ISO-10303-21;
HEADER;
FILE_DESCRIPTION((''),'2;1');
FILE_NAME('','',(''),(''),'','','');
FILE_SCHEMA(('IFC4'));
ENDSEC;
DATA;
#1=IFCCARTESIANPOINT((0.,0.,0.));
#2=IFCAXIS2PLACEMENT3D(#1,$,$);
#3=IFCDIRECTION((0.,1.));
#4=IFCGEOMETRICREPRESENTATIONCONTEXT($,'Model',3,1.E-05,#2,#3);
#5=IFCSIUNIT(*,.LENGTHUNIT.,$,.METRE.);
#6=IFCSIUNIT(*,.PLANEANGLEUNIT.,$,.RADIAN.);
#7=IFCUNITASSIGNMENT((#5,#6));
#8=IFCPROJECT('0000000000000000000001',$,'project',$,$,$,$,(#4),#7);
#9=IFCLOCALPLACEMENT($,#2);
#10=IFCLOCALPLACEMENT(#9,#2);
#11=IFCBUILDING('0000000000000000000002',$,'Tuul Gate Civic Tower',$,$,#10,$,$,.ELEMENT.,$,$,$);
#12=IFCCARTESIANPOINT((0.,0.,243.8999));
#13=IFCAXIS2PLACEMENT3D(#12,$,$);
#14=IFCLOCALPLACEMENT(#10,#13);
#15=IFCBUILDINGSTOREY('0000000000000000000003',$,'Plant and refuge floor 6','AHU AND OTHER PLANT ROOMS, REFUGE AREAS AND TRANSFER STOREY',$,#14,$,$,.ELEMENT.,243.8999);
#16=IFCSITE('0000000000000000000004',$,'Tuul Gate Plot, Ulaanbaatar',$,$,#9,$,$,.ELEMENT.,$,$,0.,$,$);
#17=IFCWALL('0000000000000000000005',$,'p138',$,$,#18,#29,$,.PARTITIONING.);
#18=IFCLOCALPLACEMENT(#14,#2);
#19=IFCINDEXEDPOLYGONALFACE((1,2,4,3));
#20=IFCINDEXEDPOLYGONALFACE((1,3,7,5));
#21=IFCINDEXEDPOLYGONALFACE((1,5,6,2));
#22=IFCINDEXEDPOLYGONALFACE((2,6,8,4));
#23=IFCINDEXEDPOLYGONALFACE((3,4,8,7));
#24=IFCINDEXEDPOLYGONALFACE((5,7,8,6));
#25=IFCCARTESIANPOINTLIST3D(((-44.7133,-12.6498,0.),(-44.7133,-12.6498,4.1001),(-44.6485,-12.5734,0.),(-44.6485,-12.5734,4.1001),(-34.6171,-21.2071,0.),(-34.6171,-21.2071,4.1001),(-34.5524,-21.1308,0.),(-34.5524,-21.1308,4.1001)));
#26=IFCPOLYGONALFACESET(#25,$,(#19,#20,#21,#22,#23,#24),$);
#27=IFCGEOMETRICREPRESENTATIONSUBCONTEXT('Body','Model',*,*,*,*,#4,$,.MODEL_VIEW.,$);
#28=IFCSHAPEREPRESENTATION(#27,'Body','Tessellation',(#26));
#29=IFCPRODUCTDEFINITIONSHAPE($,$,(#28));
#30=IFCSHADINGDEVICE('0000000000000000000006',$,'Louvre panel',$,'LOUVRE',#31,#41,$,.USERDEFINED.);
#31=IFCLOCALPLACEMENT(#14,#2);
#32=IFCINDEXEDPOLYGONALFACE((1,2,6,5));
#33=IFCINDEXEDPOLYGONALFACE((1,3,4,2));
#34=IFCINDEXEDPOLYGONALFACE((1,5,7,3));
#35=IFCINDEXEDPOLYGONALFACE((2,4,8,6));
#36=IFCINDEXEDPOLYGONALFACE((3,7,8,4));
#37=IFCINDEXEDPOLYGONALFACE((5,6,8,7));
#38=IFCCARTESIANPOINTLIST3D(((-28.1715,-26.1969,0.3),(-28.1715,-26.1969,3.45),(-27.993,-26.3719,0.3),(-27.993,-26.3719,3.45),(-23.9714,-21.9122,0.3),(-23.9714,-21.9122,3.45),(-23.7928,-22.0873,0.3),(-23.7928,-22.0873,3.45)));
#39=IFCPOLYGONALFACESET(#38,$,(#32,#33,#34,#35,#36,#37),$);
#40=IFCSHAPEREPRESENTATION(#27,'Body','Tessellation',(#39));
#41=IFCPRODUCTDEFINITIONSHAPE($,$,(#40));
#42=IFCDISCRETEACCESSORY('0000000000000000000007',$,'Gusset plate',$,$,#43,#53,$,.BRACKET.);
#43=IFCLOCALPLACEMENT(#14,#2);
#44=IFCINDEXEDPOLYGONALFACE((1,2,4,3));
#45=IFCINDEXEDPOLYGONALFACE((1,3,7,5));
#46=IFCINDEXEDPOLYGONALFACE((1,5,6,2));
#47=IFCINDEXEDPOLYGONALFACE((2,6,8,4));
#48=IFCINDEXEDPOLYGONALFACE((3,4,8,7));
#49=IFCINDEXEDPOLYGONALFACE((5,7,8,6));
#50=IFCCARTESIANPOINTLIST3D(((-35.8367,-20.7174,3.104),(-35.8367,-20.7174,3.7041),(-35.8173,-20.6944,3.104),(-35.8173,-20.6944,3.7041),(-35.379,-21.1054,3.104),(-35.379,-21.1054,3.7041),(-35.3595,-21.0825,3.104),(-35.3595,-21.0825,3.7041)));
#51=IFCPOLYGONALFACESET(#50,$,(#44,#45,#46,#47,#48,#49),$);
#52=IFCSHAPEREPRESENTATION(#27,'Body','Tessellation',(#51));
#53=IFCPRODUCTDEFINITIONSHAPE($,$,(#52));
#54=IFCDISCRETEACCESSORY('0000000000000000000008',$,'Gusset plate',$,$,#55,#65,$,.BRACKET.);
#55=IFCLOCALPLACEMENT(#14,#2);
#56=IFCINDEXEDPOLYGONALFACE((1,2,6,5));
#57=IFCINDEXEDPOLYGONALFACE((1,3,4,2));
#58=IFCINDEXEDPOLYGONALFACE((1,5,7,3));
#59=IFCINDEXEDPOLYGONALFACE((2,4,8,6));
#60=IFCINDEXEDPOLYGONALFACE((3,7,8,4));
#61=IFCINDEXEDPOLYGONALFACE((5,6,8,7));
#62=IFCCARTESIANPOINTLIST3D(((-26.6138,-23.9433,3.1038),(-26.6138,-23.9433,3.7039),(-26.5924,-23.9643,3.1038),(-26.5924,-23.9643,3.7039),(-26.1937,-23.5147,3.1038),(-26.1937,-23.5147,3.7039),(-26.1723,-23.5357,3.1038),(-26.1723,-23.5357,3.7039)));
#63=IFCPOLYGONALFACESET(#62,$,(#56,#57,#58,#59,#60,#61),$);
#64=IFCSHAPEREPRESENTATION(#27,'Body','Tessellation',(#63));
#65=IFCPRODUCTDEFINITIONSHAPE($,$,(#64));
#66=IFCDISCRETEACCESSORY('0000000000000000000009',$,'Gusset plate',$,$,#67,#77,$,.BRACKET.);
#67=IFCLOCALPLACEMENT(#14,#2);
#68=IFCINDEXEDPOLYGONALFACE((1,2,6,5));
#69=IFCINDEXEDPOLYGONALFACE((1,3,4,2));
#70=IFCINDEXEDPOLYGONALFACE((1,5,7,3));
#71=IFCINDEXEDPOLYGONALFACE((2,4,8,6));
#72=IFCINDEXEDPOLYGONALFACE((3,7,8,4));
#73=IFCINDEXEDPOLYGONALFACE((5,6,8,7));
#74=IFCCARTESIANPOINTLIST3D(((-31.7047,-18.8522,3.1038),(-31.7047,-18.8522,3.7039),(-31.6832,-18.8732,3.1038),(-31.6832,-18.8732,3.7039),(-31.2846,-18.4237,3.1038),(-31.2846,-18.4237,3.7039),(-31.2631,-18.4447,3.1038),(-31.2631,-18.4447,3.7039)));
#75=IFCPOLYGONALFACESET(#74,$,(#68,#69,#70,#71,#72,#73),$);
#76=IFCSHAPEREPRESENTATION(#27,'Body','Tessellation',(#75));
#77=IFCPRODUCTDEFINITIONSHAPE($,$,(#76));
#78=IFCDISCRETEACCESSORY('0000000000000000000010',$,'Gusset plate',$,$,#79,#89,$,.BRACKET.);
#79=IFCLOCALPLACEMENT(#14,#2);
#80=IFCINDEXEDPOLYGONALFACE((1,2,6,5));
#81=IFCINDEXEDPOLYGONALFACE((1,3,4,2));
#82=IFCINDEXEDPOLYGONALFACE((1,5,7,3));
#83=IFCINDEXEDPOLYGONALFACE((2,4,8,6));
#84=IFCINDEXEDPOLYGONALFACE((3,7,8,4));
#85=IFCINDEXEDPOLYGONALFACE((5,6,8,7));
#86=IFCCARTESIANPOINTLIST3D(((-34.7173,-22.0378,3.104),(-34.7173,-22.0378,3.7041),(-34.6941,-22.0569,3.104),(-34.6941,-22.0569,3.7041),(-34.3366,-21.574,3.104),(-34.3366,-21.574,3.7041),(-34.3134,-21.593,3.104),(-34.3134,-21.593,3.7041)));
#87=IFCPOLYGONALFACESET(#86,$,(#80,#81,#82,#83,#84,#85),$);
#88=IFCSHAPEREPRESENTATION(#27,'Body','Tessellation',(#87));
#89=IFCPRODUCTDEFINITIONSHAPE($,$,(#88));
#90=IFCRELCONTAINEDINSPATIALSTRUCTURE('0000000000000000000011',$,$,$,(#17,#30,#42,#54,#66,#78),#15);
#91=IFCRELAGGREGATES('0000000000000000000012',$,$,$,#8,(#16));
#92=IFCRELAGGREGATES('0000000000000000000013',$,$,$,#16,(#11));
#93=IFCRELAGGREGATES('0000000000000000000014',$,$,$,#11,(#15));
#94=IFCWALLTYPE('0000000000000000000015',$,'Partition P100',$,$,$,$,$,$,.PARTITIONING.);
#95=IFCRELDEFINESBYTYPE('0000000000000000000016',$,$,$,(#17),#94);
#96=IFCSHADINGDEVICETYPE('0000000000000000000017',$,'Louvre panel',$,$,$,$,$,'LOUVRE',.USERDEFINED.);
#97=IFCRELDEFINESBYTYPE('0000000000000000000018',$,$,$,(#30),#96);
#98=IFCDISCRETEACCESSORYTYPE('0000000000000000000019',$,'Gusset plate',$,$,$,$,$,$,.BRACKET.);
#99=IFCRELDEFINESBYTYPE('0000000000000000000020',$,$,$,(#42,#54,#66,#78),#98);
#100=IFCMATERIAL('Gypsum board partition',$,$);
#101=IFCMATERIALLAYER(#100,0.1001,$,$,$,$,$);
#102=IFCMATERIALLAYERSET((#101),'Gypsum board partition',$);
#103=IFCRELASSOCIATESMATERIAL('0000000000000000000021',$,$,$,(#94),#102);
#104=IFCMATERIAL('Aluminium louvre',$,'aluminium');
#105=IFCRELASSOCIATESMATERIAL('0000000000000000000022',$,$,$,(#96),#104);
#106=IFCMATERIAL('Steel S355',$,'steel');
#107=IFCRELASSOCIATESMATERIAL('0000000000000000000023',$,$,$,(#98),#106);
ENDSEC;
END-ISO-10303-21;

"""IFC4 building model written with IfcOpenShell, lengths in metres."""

from ifc_helpers import new_model, si_unit, direction, frame, frame_2d, origin, origin_2d, place, context, subcontext, project, spatial, rectangle, extrude, material, layer, layer_set, type_object, element, save


model = new_model("IFC4")

# Units and contexts
model_context = context("Model", 3, precision=1e-05, world=origin(), true_north=direction((0.0, 1.0)))
body_context = subcontext(model_context, "Body", "Model", "MODEL_VIEW")
ifc_project = project(units=[si_unit("LENGTHUNIT", "METRE"), si_unit("PLANEANGLEUNIT", "RADIAN")], contexts=[model_context])

# Site, building, storey
site_placement = place(None, origin())
site = spatial("IfcSite", under=ifc_project, at=site_placement, Name="Tuul Gate Plot, Ulaanbaatar", CompositionType="ELEMENT", RefElevation=0.0)
building_placement = place(site_placement, origin())
building = spatial("IfcBuilding", under=site, at=building_placement, Name="Tuul Gate Civic Tower", CompositionType="ELEMENT")
storey_placement = place(building_placement, frame((0.0, 0.0, 243.8999)))
storey = spatial("IfcBuildingStorey", under=building, at=storey_placement, Name="Plant and refuge floor 6", Description="AHU AND OTHER PLANT ROOMS, REFUGE AREAS AND TRANSFER STOREY", CompositionType="ELEMENT", Elevation=243.8999)

# Wall
ifc_material_1 = material(Name="Gypsum board partition")
ifc_layer_1 = layer(ifc_material_1, 0.1001)
ifc_layer_set_1 = layer_set([ifc_layer_1], Name="Gypsum board partition")
wall_type_1 = type_object("IfcWallType", Name="Partition P100", PredefinedType="PARTITIONING", material=ifc_layer_set_1)
wall_1_placement = place(storey_placement, frame((-34.5847, -21.1689, 0.0), z_axis=(0.0, 0.0, 1.0), x_axis=(-0.762848, 0.646578, 0.0)))
element("IfcWall", 1, at=wall_1_placement, inside=storey, type_object=wall_type_1, Name="p138", PredefinedType="PARTITIONING", context=body_context, shape_type="SweptSolid", body=[
    extrude(rectangle(XDim=13.2349, YDim=0.1001, at=frame_2d((6.6174, 0.0))), origin(), (0.0, 0.0, 1.0), 4.1001),
])

# Shading device
ifc_material_2 = material(Name="Aluminium louvre", Category="aluminium")
shading_device_type = type_object("IfcShadingDeviceType", Name="Louvre panel", ElementType="LOUVRE", PredefinedType="USERDEFINED", material=ifc_material_2)
shading_device_placement = place(storey_placement, frame((-25.9822, -24.1421, 0.3), z_axis=(0.0, 0.0, 1.0), x_axis=(0.714113, -0.70003, 0.0)))
element("IfcShadingDevice", 2, at=shading_device_placement, inside=storey, type_object=shading_device_type, Name="Louvre panel", ObjectType="LOUVRE", PredefinedType="USERDEFINED", context=body_context, shape_type="SweptSolid", body=[
    extrude(rectangle(XDim=0.25, YDim=6.0, at=origin_2d()), origin(), (0.0, 0.0, 1.0), 3.1499),
])

# Discrete accessories
ifc_material_3 = material(Name="Steel S355", Category="steel")
discrete_accessory_type = type_object("IfcDiscreteAccessoryType", Name="Gusset plate", PredefinedType="BRACKET", material=ifc_material_3)
for number, where, z_axis, x_axis, name in (
    (3, (-35.5981, -20.8999, 3.104), (0.0, 0.0, 1.0), (0.762848, -0.646578, 0.0), "Gusset plate"),
    (4, (-26.3931, -23.7395, 3.1038), (0.0, 0.0, 1.0), (-0.700024, -0.714119, 0.0), "Gusset plate"),
    (5, (-31.4839, -18.6484, 3.1038), (0.0, 0.0, 1.0), (-0.700024, -0.714119, 0.0), "Gusset plate"),
    (6, (-34.5154, -21.8154, 3.104), (0.0, 0.0, 1.0), (-0.6344, -0.773005, 0.0), "Gusset plate"),
):
    element("IfcDiscreteAccessory", number, at=place(storey_placement, frame(where, z_axis=z_axis, x_axis=x_axis)), inside=storey, type_object=discrete_accessory_type, Name=name, PredefinedType="BRACKET", context=body_context, shape_type="SweptSolid", body=[
        extrude(rectangle(XDim=0.6001, YDim=0.03, at=origin_2d()), origin(), (0.0, 0.0, 1.0), 0.6001),
    ])

save(model, "model.ifc")
